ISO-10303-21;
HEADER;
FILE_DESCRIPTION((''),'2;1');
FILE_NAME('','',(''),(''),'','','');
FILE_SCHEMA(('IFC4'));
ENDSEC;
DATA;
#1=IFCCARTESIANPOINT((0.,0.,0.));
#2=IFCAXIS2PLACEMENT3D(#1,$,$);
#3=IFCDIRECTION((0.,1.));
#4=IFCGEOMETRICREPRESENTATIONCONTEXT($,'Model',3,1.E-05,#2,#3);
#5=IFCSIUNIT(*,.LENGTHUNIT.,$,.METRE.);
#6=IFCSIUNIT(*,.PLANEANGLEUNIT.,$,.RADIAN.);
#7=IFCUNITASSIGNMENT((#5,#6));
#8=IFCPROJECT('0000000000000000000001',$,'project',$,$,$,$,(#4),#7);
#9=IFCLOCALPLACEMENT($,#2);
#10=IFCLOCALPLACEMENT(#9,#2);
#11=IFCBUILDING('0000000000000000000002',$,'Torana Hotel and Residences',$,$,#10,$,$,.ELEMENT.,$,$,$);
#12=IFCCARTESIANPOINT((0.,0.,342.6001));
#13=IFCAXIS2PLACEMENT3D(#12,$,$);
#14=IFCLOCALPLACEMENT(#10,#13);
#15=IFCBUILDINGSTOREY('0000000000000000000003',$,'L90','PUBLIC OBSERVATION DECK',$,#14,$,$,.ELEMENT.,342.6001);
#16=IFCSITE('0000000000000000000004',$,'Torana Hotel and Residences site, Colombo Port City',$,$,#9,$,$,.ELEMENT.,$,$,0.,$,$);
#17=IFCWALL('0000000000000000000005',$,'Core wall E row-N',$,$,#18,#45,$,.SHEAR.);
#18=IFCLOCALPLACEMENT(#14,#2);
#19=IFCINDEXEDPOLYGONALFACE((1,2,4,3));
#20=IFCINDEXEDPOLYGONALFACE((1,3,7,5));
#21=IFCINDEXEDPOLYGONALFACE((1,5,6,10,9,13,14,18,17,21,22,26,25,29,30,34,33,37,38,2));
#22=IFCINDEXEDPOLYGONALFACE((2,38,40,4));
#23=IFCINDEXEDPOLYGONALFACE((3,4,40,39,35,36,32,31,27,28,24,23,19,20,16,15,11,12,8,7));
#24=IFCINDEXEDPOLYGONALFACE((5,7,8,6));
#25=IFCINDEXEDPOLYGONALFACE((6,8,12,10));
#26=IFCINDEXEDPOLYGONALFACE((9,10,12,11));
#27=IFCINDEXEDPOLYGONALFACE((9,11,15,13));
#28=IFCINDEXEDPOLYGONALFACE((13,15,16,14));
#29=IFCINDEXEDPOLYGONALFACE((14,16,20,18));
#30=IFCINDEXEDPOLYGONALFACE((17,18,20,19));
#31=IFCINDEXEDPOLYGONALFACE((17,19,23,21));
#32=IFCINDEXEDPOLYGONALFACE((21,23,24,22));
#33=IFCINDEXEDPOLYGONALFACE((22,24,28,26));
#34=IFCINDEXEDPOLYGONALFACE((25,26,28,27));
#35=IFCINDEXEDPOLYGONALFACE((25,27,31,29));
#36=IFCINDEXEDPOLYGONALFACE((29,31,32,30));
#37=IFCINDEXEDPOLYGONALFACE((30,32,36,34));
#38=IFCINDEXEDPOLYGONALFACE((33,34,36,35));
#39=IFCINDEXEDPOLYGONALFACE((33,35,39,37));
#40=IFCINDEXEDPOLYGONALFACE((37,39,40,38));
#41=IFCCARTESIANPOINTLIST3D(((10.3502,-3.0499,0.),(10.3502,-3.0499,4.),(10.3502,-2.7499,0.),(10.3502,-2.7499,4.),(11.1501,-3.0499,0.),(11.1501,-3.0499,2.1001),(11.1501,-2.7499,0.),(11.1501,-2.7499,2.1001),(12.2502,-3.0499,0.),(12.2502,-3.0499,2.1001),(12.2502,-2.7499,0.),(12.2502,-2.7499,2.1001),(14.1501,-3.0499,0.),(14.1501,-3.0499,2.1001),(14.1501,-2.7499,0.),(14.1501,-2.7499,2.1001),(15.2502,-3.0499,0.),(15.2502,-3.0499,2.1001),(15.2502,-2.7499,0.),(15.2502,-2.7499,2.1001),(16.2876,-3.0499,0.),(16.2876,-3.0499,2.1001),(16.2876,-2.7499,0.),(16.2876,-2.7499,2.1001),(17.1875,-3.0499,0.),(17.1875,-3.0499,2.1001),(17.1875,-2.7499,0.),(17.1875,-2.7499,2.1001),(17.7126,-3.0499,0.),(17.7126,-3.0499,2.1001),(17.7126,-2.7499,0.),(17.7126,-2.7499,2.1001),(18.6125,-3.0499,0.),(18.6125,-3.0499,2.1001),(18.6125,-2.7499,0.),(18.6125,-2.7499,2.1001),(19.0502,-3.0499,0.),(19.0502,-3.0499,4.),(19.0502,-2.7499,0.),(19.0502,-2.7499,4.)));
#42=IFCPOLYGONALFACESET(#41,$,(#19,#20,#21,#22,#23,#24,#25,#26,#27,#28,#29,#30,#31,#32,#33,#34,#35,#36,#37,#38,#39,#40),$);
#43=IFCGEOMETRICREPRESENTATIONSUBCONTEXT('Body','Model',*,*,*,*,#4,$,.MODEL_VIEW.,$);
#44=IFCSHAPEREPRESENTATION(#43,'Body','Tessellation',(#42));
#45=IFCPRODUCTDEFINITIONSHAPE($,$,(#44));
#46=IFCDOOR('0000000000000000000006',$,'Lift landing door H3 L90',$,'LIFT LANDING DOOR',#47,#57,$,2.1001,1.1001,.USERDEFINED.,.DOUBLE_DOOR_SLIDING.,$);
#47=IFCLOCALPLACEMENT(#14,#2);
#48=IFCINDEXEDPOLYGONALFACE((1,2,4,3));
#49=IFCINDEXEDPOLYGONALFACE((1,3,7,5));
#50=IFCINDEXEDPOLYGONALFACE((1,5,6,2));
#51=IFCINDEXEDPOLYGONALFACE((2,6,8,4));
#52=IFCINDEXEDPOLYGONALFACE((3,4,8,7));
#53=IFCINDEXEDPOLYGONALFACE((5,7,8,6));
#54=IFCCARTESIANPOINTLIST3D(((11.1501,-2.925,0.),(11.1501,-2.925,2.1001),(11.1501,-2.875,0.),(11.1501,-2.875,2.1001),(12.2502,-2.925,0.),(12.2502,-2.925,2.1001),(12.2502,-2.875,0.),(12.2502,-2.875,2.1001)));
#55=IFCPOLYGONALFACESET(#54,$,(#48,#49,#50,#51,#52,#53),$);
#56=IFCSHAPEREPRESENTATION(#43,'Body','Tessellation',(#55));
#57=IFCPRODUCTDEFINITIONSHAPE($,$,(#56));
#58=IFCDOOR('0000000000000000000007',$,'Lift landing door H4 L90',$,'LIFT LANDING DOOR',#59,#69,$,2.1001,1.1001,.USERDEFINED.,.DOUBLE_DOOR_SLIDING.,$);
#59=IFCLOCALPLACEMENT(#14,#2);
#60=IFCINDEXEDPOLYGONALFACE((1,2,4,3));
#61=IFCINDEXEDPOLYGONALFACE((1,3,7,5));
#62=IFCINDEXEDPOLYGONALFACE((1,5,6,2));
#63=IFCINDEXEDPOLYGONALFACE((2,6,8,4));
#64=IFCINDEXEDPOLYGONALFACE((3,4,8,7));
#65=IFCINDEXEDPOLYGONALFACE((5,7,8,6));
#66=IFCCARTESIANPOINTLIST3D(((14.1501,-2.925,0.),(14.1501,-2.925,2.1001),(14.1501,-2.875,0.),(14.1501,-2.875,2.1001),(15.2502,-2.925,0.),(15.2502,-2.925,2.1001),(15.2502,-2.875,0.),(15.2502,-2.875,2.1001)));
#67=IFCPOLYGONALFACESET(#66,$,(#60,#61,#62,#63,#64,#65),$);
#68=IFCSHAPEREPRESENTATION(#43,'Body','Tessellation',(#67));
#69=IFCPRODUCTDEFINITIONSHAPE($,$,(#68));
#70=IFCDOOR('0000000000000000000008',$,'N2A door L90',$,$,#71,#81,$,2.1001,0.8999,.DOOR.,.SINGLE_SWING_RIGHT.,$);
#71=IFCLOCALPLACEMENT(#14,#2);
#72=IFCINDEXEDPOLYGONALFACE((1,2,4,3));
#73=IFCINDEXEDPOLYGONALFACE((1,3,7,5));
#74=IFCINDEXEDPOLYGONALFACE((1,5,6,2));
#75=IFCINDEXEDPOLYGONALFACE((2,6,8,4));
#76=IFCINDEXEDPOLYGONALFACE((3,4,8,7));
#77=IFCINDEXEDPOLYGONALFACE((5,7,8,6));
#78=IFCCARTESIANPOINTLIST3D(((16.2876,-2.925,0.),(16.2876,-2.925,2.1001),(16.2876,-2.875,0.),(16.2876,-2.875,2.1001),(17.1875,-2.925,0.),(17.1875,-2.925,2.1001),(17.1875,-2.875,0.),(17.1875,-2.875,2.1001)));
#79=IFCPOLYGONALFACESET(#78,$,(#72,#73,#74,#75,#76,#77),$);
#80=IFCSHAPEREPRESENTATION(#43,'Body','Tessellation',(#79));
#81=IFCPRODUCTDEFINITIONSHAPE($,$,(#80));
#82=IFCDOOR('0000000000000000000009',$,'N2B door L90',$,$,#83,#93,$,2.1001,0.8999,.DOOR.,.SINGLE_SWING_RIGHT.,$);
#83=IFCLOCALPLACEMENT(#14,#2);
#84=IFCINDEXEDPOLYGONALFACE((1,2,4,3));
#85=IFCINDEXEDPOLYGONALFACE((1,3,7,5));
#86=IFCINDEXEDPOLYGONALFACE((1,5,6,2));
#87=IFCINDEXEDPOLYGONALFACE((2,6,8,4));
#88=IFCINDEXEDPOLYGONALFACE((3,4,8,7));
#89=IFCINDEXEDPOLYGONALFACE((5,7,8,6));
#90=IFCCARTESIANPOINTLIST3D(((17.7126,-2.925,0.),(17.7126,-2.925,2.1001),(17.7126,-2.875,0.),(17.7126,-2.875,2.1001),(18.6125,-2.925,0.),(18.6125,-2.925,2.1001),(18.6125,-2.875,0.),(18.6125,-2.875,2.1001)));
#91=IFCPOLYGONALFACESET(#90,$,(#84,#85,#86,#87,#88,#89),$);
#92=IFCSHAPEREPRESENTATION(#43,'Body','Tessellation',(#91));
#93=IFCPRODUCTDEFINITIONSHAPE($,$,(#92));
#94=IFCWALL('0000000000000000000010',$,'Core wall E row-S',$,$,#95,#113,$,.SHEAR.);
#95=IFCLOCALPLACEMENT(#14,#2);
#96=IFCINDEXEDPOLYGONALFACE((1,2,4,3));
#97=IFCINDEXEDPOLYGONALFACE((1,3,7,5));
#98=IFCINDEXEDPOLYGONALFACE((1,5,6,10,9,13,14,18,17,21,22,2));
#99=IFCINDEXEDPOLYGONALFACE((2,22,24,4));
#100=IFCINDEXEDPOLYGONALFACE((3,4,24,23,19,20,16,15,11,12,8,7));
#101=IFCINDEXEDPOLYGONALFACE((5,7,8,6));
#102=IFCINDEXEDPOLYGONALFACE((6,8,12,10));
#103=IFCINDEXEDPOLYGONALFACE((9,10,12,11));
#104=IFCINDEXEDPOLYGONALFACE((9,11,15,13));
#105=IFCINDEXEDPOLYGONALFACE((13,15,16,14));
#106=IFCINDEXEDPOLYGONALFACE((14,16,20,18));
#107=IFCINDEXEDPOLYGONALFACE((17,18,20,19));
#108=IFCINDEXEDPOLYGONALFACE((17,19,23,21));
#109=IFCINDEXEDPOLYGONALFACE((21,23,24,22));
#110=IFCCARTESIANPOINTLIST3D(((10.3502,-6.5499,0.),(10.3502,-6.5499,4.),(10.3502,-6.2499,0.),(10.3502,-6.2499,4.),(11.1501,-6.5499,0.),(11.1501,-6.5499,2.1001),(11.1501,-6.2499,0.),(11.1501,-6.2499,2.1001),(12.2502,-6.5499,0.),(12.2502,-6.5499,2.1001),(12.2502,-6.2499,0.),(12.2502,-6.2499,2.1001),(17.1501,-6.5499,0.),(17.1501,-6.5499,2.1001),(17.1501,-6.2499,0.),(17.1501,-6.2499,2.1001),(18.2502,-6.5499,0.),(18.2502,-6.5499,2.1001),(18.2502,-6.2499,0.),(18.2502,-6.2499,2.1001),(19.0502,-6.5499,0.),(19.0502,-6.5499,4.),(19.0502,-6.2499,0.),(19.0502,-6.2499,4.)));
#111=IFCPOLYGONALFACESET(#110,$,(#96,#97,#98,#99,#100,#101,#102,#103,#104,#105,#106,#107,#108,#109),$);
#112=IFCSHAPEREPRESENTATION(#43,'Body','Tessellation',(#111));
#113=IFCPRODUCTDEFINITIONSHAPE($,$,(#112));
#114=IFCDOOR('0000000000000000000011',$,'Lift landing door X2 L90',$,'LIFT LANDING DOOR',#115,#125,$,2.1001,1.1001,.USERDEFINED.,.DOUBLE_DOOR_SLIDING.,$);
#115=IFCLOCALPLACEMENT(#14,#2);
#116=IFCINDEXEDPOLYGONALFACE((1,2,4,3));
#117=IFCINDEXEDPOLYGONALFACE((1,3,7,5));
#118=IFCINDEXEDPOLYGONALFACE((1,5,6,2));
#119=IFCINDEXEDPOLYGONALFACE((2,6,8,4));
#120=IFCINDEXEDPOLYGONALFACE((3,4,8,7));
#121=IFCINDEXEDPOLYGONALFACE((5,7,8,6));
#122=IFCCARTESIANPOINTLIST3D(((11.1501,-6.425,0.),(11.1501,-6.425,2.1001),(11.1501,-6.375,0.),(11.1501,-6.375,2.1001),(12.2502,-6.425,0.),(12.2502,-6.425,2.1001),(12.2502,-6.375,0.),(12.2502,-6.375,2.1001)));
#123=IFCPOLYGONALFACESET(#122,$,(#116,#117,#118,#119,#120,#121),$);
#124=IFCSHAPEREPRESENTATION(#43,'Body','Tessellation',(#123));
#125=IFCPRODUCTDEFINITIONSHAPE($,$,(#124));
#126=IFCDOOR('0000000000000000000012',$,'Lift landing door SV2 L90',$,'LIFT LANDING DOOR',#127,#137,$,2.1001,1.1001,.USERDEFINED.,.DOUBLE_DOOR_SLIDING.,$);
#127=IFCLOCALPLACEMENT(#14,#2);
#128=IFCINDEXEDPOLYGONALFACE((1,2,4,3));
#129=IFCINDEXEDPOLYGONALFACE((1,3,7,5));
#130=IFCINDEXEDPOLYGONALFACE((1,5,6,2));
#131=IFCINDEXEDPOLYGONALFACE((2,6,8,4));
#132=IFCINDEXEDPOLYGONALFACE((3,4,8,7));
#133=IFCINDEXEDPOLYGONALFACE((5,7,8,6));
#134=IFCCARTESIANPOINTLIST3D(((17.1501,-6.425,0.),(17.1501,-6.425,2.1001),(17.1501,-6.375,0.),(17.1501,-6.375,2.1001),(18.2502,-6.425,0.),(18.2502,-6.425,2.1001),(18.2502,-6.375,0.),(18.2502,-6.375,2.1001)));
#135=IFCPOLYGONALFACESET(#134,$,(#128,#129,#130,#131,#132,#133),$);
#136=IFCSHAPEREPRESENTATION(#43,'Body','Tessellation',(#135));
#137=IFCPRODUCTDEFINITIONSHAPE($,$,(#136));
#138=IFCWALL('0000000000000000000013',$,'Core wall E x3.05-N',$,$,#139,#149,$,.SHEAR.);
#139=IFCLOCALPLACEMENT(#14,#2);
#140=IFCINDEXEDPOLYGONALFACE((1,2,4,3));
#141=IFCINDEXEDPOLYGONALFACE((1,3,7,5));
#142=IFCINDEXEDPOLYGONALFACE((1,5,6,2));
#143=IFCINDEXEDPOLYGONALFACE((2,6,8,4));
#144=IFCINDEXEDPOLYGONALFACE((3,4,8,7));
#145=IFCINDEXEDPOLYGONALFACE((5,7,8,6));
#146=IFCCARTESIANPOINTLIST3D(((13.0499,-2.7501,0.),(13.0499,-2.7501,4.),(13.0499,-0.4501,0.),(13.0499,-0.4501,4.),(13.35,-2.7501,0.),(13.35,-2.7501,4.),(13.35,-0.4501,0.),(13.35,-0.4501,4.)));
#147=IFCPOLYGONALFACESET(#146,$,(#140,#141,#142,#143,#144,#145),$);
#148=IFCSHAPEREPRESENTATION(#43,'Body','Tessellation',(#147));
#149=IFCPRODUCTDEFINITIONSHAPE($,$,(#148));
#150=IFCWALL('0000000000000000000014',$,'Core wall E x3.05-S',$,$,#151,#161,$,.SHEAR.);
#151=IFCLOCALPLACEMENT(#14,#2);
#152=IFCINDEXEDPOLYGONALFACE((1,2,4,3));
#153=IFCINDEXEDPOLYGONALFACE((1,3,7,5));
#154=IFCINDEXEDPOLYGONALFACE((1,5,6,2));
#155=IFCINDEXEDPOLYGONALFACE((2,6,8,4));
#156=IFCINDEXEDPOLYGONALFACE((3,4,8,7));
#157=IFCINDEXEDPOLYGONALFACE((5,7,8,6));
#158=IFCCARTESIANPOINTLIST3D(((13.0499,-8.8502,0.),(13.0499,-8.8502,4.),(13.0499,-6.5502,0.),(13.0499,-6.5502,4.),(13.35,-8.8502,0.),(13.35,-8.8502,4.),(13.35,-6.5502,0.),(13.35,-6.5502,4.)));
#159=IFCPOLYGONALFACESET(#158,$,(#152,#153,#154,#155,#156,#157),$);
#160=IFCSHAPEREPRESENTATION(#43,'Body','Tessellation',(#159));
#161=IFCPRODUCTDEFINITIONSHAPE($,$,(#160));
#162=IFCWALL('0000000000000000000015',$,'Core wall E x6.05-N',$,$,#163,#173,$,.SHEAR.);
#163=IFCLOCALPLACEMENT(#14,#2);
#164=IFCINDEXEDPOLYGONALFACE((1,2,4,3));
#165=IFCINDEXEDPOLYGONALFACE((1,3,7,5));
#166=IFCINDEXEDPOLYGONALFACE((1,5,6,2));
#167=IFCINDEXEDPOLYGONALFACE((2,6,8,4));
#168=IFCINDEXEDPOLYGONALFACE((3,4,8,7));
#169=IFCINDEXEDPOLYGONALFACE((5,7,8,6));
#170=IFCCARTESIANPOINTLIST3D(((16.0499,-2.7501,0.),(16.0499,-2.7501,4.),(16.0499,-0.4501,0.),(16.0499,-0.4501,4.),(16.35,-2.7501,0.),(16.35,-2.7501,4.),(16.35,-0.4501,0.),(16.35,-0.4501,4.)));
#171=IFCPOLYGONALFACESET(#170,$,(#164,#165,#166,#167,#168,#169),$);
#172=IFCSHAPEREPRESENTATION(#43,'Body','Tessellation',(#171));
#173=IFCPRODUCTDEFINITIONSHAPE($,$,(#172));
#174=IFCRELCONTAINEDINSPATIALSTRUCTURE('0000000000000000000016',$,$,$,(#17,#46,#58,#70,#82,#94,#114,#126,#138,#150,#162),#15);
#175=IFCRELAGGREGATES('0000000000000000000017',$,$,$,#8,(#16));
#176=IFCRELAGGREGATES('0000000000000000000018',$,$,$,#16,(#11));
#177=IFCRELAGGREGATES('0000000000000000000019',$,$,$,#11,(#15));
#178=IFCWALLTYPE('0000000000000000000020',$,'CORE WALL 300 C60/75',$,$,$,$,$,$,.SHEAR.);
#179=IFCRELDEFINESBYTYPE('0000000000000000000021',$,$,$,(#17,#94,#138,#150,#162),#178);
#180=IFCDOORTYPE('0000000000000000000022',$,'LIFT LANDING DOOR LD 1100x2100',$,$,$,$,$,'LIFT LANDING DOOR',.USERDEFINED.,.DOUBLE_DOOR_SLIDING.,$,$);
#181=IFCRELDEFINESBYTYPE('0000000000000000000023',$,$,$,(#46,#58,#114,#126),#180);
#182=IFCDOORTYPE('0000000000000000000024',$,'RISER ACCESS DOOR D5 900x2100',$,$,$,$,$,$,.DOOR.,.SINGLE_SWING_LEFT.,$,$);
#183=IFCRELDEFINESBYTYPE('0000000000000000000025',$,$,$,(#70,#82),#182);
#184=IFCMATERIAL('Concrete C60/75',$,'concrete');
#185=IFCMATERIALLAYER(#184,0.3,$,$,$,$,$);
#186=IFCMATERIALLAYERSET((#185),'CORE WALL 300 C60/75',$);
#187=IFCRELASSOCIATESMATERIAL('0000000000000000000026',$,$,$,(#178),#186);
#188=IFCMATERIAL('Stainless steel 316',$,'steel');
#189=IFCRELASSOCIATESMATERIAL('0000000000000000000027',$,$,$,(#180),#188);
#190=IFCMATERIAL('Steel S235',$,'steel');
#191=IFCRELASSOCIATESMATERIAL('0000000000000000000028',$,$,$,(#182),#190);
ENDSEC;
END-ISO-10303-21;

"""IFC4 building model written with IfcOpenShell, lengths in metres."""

from ifc_helpers import new_model, si_unit, direction, frame, frame_2d, origin, place, context, subcontext, project, spatial, rectangle, extrude, material, layer, layer_set, type_object, element, fill, save


model = new_model("IFC4")

# Units and contexts
model_context = context("Model", 3, precision=1e-05, world=origin(), true_north=direction((0.0, 1.0)))
body_context = subcontext(model_context, "Body", "Model", "MODEL_VIEW")
ifc_project = project(units=[si_unit("LENGTHUNIT", "METRE"), si_unit("PLANEANGLEUNIT", "RADIAN")], contexts=[model_context])

# Site, building, storey
site_placement = place(None, origin())
site = spatial("IfcSite", under=ifc_project, at=site_placement, Name="Torana Hotel and Residences site, Colombo Port City", CompositionType="ELEMENT", RefElevation=0.0)
building_placement = place(site_placement, origin())
building = spatial("IfcBuilding", under=site, at=building_placement, Name="Torana Hotel and Residences", CompositionType="ELEMENT")
storey_placement = place(building_placement, frame((0.0, 0.0, 342.6001)))
storey = spatial("IfcBuildingStorey", under=building, at=storey_placement, Name="L90", Description="PUBLIC OBSERVATION DECK", CompositionType="ELEMENT", Elevation=342.6001)

# Walls, openings, doors
ifc_material_1 = material(Name="Concrete C60/75", Category="concrete")
ifc_layer_1 = layer(ifc_material_1, 0.3)
ifc_layer_set_1 = layer_set([ifc_layer_1], Name="CORE WALL 300 C60/75")
wall_type_1 = type_object("IfcWallType", Name="CORE WALL 300 C60/75", PredefinedType="SHEAR", material=ifc_layer_set_1)
wall_1_placement = place(storey_placement, frame((10.3501, -2.8999, 0.0), z_axis=(0.0, 0.0, 1.0), x_axis=(1.0, 0.0, 0.0)))
wall_1 = element("IfcWall", 1, at=wall_1_placement, inside=storey, type_object=wall_type_1, Name="Core wall E row-N", PredefinedType="SHEAR", context=body_context, shape_type="SweptSolid", body=[
    extrude(rectangle(XDim=8.7, YDim=0.3, at=frame_2d((4.3501, 0.0))), origin(), (0.0, 0.0, 1.0), 4.0),
])
opening_1_placement = place(wall_1_placement, frame((0.8, 0.0, 0.0)))
opening_1 = element("IfcOpeningElement", 2, at=opening_1_placement, cuts=wall_1, PredefinedType="OPENING", context=body_context, shape_type="SweptSolid", body=[
    extrude(rectangle(XDim=1.1001, YDim=2.1001, at=frame_2d((0.55, 1.05))), frame((0.0, 0.1599, 0.0), z_axis=(0.0, -1.0, 0.0), x_axis=(1.0, 0.0, 0.0)), (0.0, 0.0, 1.0), 0.3201),
])
opening_2_placement = place(wall_1_placement, frame((3.8, 0.0, 0.0)))
opening_2 = element("IfcOpeningElement", 3, at=opening_2_placement, cuts=wall_1, PredefinedType="OPENING", context=body_context, shape_type="SweptSolid", body=[
    extrude(rectangle(XDim=1.1001, YDim=2.1001, at=frame_2d((0.55, 1.05))), frame((0.0, 0.1599, 0.0), z_axis=(0.0, -1.0, 0.0), x_axis=(1.0, 0.0, 0.0)), (0.0, 0.0, 1.0), 0.3201),
])
opening_3_placement = place(wall_1_placement, frame((5.9375, 0.0, 0.0)))
opening_3 = element("IfcOpeningElement", 4, at=opening_3_placement, cuts=wall_1, PredefinedType="OPENING", context=body_context, shape_type="SweptSolid", body=[
    extrude(rectangle(XDim=0.8999, YDim=2.1001, at=frame_2d((0.45, 1.05))), frame((0.0, 0.1599, 0.0), z_axis=(0.0, -1.0, 0.0), x_axis=(1.0, 0.0, 0.0)), (0.0, 0.0, 1.0), 0.3201),
])
opening_4_placement = place(wall_1_placement, frame((7.3625, 0.0, 0.0)))
opening_4 = element("IfcOpeningElement", 5, at=opening_4_placement, cuts=wall_1, PredefinedType="OPENING", context=body_context, shape_type="SweptSolid", body=[
    extrude(rectangle(XDim=0.8999, YDim=2.1001, at=frame_2d((0.45, 1.05))), frame((0.0, 0.1599, 0.0), z_axis=(0.0, -1.0, 0.0), x_axis=(1.0, 0.0, 0.0)), (0.0, 0.0, 1.0), 0.3201),
])
ifc_material_2 = material(Name="Stainless steel 316", Category="steel")
door_type_1 = type_object("IfcDoorType", Name="LIFT LANDING DOOR LD 1100x2100", ElementType="LIFT LANDING DOOR", OperationType="DOUBLE_DOOR_SLIDING", PredefinedType="USERDEFINED", material=ifc_material_2)
door_1_placement = place(opening_1_placement, origin())
door_1 = element("IfcDoor", 6, at=door_1_placement, inside=storey, type_object=door_type_1, Name="Lift landing door H3 L90", ObjectType="LIFT LANDING DOOR", OperationType="DOUBLE_DOOR_SLIDING", OverallHeight=2.1001, OverallWidth=1.1001, PredefinedType="USERDEFINED", context=body_context, shape_type="SweptSolid", body=[
    extrude(rectangle(XDim=1.1001, YDim=2.1001, at=frame_2d((0.55, 1.05))), frame((0.0, 0.0249, 0.0), z_axis=(0.0, -1.0, 0.0), x_axis=(1.0, 0.0, 0.0)), (0.0, 0.0, 1.0), 0.05),
])
fill(opening_1, door_1)
door_2_placement = place(opening_2_placement, origin())
door_2 = element("IfcDoor", 7, at=door_2_placement, inside=storey, type_object=door_type_1, Name="Lift landing door H4 L90", ObjectType="LIFT LANDING DOOR", OperationType="DOUBLE_DOOR_SLIDING", OverallHeight=2.1001, OverallWidth=1.1001, PredefinedType="USERDEFINED", context=body_context, shape_type="SweptSolid", body=[
    extrude(rectangle(XDim=1.1001, YDim=2.1001, at=frame_2d((0.55, 1.05))), frame((0.0, 0.0249, 0.0), z_axis=(0.0, -1.0, 0.0), x_axis=(1.0, 0.0, 0.0)), (0.0, 0.0, 1.0), 0.05),
])
fill(opening_2, door_2)
ifc_material_3 = material(Name="Steel S235", Category="steel")
door_type_2 = type_object("IfcDoorType", Name="RISER ACCESS DOOR D5 900x2100", OperationType="SINGLE_SWING_LEFT", PredefinedType="DOOR", material=ifc_material_3)
door_3_placement = place(opening_3_placement, origin())
door_3 = element("IfcDoor", 8, at=door_3_placement, inside=storey, type_object=door_type_2, Name="N2A door L90", OperationType="SINGLE_SWING_RIGHT", OverallHeight=2.1001, OverallWidth=0.8999, PredefinedType="DOOR", context=body_context, shape_type="SweptSolid", body=[
    extrude(rectangle(XDim=0.8999, YDim=2.1001, at=frame_2d((0.45, 1.05))), frame((0.0, 0.0249, 0.0), z_axis=(0.0, -1.0, 0.0), x_axis=(1.0, 0.0, 0.0)), (0.0, 0.0, 1.0), 0.05),
])
fill(opening_3, door_3)
door_4_placement = place(opening_4_placement, origin())
door_4 = element("IfcDoor", 9, at=door_4_placement, inside=storey, type_object=door_type_2, Name="N2B door L90", OperationType="SINGLE_SWING_RIGHT", OverallHeight=2.1001, OverallWidth=0.8999, PredefinedType="DOOR", context=body_context, shape_type="SweptSolid", body=[
    extrude(rectangle(XDim=0.8999, YDim=2.1001, at=frame_2d((0.45, 1.05))), frame((0.0, 0.0249, 0.0), z_axis=(0.0, -1.0, 0.0), x_axis=(1.0, 0.0, 0.0)), (0.0, 0.0, 1.0), 0.05),
])
fill(opening_4, door_4)
wall_2_placement = place(storey_placement, frame((10.3501, -6.3999, 0.0), z_axis=(0.0, 0.0, 1.0), x_axis=(1.0, 0.0, 0.0)))
wall_2 = element("IfcWall", 10, at=wall_2_placement, inside=storey, type_object=wall_type_1, Name="Core wall E row-S", PredefinedType="SHEAR", context=body_context, shape_type="SweptSolid", body=[
    extrude(rectangle(XDim=8.7, YDim=0.3, at=frame_2d((4.3501, 0.0))), origin(), (0.0, 0.0, 1.0), 4.0),
])
opening_5_placement = place(wall_2_placement, frame((0.8, 0.0, 0.0)))
opening_5 = element("IfcOpeningElement", 11, at=opening_5_placement, cuts=wall_2, PredefinedType="OPENING", context=body_context, shape_type="SweptSolid", body=[
    extrude(rectangle(XDim=1.1001, YDim=2.1001, at=frame_2d((0.55, 1.05))), frame((0.0, 0.1599, 0.0), z_axis=(0.0, -1.0, 0.0), x_axis=(1.0, 0.0, 0.0)), (0.0, 0.0, 1.0), 0.3201),
])
opening_6_placement = place(wall_2_placement, frame((6.8, 0.0, 0.0)))
opening_6 = element("IfcOpeningElement", 12, at=opening_6_placement, cuts=wall_2, PredefinedType="OPENING", context=body_context, shape_type="SweptSolid", body=[
    extrude(rectangle(XDim=1.1001, YDim=2.1001, at=frame_2d((0.55, 1.05))), frame((0.0, 0.1599, 0.0), z_axis=(0.0, -1.0, 0.0), x_axis=(1.0, 0.0, 0.0)), (0.0, 0.0, 1.0), 0.3201),
])
door_5_placement = place(opening_5_placement, origin())
door_5 = element("IfcDoor", 13, at=door_5_placement, inside=storey, type_object=door_type_1, Name="Lift landing door X2 L90", ObjectType="LIFT LANDING DOOR", OperationType="DOUBLE_DOOR_SLIDING", OverallHeight=2.1001, OverallWidth=1.1001, PredefinedType="USERDEFINED", context=body_context, shape_type="SweptSolid", body=[
    extrude(rectangle(XDim=1.1001, YDim=2.1001, at=frame_2d((0.55, 1.05))), frame((0.0, 0.0249, 0.0), z_axis=(0.0, -1.0, 0.0), x_axis=(1.0, 0.0, 0.0)), (0.0, 0.0, 1.0), 0.05),
])
fill(opening_5, door_5)
door_6_placement = place(opening_6_placement, origin())
door_6 = element("IfcDoor", 14, at=door_6_placement, inside=storey, type_object=door_type_1, Name="Lift landing door SV2 L90", ObjectType="LIFT LANDING DOOR", OperationType="DOUBLE_DOOR_SLIDING", OverallHeight=2.1001, OverallWidth=1.1001, PredefinedType="USERDEFINED", context=body_context, shape_type="SweptSolid", body=[
    extrude(rectangle(XDim=1.1001, YDim=2.1001, at=frame_2d((0.55, 1.05))), frame((0.0, 0.0249, 0.0), z_axis=(0.0, -1.0, 0.0), x_axis=(1.0, 0.0, 0.0)), (0.0, 0.0, 1.0), 0.05),
])
fill(opening_6, door_6)

# Walls
for number, where, z_axis, x_axis, name in (
    (15, (13.2, -2.75, 0.0), (0.0, 0.0, 1.0), (0.0, 1.0, 0.0), "Core wall E x3.05-N"),
    (16, (13.2, -8.8501, 0.0), (0.0, 0.0, 1.0), (0.0, 1.0, 0.0), "Core wall E x3.05-S"),
    (17, (16.2, -2.75, 0.0), (0.0, 0.0, 1.0), (0.0, 1.0, 0.0), "Core wall E x6.05-N"),
):
    element("IfcWall", number, at=place(storey_placement, frame(where, z_axis=z_axis, x_axis=x_axis)), inside=storey, type_object=wall_type_1, Name=name, PredefinedType="SHEAR", context=body_context, shape_type="SweptSolid", body=[
        extrude(rectangle(XDim=2.3, YDim=0.3, at=frame_2d((1.1499, 0.0))), origin(), (0.0, 0.0, 1.0), 4.0),
    ])

save(model, "model.ifc")
